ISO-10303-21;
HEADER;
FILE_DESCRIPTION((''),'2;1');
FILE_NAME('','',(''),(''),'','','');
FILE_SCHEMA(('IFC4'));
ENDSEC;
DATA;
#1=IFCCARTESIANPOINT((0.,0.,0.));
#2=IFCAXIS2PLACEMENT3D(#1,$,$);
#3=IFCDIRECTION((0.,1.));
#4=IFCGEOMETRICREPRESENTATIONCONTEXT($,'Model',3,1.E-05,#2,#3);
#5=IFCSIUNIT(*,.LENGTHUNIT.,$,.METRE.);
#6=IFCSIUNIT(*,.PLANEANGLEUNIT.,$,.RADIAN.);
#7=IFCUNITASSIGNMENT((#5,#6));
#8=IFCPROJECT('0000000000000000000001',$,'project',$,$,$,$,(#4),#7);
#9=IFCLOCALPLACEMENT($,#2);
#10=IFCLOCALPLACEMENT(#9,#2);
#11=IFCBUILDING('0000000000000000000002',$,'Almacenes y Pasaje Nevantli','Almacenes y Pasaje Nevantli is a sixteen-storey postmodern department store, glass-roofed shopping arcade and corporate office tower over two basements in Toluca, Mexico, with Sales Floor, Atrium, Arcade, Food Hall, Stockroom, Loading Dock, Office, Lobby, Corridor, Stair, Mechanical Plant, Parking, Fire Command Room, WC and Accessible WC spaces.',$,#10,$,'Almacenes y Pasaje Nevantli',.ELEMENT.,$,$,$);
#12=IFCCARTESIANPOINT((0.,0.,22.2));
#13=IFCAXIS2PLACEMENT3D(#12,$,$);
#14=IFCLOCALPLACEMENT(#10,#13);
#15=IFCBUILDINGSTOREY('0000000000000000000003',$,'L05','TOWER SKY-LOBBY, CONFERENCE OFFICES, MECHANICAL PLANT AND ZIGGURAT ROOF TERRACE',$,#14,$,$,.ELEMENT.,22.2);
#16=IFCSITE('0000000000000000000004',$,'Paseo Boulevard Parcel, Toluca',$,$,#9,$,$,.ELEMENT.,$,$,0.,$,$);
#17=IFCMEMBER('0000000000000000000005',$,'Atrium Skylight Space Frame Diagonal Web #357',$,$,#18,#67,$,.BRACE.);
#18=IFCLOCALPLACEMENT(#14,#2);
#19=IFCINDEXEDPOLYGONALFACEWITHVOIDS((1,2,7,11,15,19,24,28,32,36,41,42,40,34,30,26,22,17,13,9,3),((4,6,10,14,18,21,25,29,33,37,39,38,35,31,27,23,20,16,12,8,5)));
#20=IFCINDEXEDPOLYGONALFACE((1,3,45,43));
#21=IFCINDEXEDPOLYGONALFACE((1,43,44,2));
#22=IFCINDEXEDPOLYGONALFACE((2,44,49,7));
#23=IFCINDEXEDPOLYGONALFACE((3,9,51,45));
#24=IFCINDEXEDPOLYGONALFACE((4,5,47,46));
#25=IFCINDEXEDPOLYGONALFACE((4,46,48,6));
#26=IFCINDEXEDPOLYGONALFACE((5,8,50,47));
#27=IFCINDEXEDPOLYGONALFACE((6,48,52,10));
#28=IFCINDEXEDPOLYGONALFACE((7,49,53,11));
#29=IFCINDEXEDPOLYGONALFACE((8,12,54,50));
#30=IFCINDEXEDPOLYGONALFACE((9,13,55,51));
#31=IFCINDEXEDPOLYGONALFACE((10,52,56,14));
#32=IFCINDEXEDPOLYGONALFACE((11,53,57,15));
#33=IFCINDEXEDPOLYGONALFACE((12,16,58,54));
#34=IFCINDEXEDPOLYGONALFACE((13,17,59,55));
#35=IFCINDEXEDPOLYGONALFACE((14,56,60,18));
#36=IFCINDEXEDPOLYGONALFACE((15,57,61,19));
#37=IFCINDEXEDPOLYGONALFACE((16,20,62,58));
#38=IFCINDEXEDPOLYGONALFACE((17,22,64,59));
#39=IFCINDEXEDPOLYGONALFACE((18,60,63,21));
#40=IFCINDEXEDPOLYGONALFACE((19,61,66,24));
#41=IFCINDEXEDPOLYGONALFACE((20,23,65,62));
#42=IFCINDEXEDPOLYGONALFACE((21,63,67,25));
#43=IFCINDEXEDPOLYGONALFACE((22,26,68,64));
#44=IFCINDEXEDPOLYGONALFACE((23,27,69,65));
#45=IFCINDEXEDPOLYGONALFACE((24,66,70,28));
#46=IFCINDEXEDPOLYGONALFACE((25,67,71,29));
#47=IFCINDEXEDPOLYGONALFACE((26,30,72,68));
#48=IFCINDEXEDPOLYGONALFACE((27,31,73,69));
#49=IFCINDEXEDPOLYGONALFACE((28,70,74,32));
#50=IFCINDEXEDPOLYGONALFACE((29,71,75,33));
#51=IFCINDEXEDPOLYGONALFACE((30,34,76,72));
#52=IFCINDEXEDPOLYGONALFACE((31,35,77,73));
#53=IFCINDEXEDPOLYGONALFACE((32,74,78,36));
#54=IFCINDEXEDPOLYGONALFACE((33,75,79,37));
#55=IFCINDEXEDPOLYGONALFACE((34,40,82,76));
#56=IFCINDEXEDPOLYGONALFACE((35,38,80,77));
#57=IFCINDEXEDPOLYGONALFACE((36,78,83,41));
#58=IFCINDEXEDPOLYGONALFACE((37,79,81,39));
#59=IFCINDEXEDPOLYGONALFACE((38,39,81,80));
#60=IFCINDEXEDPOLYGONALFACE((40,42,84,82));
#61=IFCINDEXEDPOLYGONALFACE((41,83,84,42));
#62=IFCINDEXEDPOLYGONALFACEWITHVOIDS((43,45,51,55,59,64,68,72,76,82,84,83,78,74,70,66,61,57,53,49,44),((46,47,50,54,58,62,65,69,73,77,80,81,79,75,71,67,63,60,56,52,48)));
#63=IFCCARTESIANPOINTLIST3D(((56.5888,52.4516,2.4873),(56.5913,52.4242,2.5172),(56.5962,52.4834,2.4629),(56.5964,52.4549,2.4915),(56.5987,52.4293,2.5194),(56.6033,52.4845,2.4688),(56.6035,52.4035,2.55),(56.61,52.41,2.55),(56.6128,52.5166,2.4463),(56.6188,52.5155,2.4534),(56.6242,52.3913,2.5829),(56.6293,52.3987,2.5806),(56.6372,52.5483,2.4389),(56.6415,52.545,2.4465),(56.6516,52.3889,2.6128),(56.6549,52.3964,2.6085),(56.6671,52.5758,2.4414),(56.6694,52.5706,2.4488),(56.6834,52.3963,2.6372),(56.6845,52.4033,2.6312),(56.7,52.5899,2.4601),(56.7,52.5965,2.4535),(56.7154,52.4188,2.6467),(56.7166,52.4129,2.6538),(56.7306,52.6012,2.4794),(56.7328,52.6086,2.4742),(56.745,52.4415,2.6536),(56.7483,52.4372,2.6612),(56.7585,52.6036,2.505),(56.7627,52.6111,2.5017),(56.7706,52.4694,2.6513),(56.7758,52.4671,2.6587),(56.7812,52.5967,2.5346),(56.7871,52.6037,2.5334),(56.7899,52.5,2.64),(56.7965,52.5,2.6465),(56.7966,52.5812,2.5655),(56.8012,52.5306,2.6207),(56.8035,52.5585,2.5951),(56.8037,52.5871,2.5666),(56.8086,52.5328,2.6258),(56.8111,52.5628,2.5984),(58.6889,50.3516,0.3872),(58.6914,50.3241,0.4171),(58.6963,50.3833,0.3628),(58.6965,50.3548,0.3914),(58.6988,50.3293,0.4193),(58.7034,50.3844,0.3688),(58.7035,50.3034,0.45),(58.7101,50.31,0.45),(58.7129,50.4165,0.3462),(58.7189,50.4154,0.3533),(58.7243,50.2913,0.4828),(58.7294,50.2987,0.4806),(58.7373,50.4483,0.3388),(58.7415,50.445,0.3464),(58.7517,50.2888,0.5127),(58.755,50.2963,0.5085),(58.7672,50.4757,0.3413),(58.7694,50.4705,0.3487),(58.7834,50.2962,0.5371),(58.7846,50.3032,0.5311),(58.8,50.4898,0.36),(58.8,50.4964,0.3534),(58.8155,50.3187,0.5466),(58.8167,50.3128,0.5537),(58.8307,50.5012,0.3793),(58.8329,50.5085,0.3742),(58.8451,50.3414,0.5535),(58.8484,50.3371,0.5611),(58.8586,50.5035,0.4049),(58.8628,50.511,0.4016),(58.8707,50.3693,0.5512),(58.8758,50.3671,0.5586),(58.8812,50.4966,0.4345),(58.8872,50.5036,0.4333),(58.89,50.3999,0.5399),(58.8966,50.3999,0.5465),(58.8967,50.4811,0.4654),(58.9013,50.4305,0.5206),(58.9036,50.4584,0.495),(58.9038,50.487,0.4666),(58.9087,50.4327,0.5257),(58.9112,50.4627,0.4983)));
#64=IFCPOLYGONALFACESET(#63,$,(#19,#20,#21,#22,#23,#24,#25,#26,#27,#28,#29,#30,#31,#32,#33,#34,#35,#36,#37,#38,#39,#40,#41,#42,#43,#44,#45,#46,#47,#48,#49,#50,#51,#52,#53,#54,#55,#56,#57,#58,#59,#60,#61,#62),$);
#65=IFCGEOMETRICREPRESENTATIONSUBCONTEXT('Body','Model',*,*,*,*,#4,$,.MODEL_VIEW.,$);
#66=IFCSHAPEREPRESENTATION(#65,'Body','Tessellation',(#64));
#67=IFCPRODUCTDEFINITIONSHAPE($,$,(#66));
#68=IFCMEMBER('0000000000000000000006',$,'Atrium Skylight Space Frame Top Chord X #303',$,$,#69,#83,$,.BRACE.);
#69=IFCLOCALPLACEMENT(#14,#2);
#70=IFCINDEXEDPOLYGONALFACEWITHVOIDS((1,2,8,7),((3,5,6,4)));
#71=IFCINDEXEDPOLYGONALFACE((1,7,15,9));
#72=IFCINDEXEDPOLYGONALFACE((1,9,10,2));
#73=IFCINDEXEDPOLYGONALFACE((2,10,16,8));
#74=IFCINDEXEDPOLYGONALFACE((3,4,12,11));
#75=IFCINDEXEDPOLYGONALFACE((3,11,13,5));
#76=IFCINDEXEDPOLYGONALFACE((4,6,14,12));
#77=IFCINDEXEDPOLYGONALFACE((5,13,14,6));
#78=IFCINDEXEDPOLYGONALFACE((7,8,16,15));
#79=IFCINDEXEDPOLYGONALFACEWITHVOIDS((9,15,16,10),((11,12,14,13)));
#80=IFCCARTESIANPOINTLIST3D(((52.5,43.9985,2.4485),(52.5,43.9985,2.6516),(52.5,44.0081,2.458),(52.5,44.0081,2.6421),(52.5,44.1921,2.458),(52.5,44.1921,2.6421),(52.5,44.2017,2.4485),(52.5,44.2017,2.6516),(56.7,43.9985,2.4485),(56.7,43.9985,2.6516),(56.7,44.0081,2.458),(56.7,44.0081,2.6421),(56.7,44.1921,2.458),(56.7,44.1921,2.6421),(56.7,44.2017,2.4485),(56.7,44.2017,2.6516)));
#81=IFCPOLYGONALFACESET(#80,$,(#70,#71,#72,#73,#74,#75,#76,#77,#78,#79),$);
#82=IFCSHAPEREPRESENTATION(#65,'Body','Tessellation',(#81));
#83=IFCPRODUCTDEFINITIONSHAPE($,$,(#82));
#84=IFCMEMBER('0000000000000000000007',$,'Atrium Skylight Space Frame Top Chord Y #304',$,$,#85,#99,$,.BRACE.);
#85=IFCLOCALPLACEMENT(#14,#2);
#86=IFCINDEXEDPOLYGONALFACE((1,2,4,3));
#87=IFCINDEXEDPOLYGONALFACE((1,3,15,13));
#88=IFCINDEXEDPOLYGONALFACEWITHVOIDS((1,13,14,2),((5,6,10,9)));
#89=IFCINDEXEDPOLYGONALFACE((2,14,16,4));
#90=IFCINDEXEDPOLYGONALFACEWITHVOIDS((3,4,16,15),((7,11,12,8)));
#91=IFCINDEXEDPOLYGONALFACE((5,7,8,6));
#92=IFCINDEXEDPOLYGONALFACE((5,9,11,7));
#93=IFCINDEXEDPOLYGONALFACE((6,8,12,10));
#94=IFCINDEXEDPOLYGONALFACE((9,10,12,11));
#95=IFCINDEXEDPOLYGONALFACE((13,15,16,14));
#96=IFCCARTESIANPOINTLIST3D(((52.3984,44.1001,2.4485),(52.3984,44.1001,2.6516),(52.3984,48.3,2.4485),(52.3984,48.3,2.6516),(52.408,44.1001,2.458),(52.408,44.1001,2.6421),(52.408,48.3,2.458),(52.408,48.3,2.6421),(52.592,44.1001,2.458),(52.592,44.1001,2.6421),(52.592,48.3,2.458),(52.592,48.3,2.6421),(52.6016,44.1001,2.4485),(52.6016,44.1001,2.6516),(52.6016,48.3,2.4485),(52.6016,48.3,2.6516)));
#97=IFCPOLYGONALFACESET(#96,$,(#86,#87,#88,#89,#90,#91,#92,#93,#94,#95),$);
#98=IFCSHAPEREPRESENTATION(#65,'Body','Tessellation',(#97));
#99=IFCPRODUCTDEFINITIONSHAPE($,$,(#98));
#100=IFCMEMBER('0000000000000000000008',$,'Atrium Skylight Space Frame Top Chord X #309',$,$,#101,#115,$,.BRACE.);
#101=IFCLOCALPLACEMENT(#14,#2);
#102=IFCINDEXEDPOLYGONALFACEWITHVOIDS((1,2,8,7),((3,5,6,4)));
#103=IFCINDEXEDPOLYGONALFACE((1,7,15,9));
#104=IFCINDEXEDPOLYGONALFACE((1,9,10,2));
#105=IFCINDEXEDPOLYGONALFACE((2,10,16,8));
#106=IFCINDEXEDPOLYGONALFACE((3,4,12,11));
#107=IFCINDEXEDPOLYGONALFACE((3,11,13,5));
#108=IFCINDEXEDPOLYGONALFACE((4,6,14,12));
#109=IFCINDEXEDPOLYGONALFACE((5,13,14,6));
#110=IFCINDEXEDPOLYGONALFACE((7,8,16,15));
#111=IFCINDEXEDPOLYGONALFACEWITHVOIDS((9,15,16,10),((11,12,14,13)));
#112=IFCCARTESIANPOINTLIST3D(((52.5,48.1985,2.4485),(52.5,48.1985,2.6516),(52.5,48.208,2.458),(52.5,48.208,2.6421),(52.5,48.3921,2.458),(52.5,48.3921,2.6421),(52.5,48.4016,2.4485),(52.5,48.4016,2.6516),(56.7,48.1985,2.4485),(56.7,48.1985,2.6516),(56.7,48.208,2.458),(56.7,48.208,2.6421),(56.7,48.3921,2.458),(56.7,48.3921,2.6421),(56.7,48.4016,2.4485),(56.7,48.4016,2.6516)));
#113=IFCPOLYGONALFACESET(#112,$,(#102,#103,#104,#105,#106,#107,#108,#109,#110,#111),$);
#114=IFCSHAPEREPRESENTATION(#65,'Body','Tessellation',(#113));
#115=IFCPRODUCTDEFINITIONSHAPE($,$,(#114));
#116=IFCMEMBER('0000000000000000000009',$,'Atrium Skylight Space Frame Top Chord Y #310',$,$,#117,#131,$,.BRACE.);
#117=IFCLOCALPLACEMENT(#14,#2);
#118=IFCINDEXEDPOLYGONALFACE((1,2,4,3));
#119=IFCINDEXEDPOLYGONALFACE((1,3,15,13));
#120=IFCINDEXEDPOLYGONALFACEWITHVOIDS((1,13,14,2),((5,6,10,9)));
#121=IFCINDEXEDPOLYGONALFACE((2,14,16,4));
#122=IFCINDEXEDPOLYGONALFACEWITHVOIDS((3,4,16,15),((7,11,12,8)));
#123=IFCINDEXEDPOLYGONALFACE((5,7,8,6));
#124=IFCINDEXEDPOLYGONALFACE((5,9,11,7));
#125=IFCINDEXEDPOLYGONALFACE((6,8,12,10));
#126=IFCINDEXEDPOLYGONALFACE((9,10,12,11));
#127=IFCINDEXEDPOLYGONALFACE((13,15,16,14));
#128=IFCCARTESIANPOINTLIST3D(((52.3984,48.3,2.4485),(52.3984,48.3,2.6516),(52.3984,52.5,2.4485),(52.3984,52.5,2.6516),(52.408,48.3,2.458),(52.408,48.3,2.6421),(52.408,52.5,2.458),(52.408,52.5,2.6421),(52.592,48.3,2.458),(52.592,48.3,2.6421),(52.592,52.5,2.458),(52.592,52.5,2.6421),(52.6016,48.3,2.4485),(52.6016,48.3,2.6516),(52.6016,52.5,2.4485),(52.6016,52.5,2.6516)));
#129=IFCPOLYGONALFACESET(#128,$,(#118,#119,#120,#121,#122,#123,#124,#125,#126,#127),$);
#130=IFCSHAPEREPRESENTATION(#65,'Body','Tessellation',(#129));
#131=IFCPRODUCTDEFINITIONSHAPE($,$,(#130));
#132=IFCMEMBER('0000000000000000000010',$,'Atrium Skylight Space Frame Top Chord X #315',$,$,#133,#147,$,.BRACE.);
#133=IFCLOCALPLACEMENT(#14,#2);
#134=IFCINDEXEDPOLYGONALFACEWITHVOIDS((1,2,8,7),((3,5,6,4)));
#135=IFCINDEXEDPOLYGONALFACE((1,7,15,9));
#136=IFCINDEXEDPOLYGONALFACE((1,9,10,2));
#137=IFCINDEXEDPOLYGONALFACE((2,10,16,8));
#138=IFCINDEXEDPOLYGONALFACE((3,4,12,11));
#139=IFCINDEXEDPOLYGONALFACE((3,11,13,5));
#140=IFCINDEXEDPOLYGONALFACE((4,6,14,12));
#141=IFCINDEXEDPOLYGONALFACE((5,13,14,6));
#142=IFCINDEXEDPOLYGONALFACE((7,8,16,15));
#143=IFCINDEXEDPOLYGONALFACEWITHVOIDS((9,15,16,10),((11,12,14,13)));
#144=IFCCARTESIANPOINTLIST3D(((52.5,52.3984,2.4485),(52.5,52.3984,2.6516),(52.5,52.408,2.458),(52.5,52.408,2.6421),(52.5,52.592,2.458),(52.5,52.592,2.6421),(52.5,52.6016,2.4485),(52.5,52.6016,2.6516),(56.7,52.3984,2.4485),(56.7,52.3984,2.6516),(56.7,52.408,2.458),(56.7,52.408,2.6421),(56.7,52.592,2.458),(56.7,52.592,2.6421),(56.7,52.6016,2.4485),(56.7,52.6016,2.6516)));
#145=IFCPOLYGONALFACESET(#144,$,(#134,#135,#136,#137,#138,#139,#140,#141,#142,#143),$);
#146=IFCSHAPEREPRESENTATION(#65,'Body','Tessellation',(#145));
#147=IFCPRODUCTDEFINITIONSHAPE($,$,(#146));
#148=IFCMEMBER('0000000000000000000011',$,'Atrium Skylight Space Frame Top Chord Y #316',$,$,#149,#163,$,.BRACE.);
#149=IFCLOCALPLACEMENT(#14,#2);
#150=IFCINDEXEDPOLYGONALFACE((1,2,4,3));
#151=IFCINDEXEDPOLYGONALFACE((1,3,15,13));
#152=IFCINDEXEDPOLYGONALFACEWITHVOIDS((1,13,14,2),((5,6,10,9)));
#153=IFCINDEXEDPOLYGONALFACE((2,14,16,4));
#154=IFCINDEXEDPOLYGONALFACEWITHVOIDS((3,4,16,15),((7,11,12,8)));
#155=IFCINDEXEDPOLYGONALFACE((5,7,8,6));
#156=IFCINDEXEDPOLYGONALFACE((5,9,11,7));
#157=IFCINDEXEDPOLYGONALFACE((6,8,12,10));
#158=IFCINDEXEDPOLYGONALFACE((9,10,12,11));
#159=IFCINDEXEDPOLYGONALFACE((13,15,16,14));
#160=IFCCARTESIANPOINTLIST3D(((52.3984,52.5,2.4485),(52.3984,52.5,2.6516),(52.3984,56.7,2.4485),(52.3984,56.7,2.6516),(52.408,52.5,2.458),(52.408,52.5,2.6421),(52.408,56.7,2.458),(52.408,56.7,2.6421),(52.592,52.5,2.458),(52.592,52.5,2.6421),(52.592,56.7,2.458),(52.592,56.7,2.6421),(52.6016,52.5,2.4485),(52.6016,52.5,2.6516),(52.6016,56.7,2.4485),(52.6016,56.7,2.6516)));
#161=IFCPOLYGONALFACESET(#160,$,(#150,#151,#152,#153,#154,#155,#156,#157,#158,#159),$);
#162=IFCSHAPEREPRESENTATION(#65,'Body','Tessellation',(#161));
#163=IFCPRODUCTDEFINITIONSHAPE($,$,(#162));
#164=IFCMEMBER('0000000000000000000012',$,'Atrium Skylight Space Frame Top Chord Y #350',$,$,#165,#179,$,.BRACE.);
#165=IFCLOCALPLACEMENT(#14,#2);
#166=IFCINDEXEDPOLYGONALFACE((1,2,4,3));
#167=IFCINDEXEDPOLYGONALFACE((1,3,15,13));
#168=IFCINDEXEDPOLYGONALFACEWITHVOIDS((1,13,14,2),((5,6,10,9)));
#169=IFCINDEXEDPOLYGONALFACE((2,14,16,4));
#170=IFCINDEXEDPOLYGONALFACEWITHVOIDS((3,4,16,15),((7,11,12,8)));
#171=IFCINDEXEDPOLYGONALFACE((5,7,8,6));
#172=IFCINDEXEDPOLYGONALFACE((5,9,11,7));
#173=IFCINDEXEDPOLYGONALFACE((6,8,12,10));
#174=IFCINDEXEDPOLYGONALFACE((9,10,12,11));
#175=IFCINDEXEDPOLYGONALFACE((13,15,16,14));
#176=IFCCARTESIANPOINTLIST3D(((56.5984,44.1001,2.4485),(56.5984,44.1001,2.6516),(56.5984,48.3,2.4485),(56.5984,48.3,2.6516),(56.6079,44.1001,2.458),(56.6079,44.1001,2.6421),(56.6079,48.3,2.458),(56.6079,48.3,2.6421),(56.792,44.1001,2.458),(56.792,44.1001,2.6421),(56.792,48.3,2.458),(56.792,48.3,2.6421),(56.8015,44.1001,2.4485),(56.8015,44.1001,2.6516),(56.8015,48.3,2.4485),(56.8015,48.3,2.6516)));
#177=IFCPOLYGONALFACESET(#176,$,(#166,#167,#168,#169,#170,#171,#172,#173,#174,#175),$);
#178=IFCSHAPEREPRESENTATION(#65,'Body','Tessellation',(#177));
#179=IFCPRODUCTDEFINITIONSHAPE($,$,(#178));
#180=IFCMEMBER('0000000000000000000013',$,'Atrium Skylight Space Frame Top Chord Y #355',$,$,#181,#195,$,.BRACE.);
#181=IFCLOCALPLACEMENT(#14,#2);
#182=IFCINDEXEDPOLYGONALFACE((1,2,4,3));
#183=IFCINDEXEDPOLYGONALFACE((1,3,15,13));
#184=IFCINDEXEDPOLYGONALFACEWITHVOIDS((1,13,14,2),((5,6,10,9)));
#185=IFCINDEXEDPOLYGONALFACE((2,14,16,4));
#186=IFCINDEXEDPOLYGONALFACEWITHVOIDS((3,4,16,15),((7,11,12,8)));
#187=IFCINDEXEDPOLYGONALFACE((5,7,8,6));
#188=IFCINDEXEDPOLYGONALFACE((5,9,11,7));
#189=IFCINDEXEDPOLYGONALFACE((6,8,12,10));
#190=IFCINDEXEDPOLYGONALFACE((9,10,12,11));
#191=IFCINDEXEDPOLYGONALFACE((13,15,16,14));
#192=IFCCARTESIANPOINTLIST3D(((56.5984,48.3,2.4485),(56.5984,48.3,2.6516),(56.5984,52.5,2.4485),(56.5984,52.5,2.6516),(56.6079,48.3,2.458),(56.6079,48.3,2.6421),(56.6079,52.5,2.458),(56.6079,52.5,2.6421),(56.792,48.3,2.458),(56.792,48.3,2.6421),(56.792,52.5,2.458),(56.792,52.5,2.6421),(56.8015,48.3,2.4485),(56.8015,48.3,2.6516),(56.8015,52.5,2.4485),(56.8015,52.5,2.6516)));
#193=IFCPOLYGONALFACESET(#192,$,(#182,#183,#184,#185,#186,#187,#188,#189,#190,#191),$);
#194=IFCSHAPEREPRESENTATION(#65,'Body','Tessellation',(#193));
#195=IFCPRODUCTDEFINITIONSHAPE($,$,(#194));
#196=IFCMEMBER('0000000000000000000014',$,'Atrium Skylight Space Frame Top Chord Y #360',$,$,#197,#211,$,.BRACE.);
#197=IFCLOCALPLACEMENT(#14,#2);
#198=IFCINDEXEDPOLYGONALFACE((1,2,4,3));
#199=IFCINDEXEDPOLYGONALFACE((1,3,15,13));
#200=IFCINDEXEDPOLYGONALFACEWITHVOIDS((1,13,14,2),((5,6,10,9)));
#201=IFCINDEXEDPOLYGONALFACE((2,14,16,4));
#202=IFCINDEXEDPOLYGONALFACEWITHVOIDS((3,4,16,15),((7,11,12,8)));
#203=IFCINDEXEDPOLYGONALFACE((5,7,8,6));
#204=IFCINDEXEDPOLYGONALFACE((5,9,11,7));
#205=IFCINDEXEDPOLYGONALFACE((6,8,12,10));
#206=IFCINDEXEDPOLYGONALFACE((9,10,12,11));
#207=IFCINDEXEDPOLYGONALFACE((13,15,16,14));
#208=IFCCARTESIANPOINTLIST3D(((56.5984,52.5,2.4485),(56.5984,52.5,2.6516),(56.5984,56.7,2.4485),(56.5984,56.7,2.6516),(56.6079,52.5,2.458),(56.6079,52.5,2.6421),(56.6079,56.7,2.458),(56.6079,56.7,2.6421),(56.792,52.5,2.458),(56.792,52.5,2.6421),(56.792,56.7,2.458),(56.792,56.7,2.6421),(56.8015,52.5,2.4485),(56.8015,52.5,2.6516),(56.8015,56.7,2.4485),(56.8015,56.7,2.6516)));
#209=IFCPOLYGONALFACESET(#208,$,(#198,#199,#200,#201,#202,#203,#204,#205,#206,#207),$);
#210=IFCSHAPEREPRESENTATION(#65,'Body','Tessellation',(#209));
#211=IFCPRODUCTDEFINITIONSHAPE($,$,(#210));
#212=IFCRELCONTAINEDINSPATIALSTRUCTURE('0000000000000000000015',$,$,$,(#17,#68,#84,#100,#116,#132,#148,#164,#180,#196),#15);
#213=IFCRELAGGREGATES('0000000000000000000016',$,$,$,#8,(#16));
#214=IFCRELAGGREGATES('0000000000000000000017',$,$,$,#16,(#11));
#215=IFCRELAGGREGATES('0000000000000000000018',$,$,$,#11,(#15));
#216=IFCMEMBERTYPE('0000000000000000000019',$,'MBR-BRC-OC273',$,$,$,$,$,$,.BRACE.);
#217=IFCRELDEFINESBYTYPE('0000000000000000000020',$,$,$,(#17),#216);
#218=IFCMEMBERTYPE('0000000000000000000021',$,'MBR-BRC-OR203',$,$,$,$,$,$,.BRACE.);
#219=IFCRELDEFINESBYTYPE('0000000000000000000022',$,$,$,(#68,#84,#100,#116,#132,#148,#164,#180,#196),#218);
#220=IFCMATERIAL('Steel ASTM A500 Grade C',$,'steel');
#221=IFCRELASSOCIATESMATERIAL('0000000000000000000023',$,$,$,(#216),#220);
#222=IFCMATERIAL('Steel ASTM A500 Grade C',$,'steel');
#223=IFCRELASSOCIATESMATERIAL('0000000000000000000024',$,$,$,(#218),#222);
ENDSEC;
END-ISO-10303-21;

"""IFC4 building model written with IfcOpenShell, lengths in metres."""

from ifc_helpers import new_model, si_unit, direction, frame, origin, origin_2d, place, context, subcontext, project, spatial, hollow_rectangle, hollow_circle, extrude, material, material_profile, profile_set, type_object, element, save


model = new_model("IFC4")

# Units and contexts
model_context = context("Model", 3, precision=1e-05, world=origin(), true_north=direction((0.0, 1.0)))
body_context = subcontext(model_context, "Body", "Model", "MODEL_VIEW")
ifc_project = project(units=[si_unit("LENGTHUNIT", "METRE"), si_unit("PLANEANGLEUNIT", "RADIAN")], contexts=[model_context])

# Site, building, storey
site_placement = place(None, origin())
site = spatial("IfcSite", under=ifc_project, at=site_placement, Name="Paseo Boulevard Parcel, Toluca", CompositionType="ELEMENT", RefElevation=0.0)
building_placement = place(site_placement, origin())
building = spatial("IfcBuilding", under=site, at=building_placement, Name="Almacenes y Pasaje Nevantli", Description="Almacenes y Pasaje Nevantli is a sixteen-storey postmodern department store, glass-roofed shopping arcade and corporate office tower over two basements in Toluca, Mexico, with Sales Floor, Atrium, Arcade, Food Hall, Stockroom, Loading Dock, Office, Lobby, Corridor, Stair, Mechanical Plant, Parking, Fire Command Room, WC and Accessible WC spaces.", LongName="Almacenes y Pasaje Nevantli", CompositionType="ELEMENT")
storey_placement = place(building_placement, frame((0.0, 0.0, 22.2)))
storey = spatial("IfcBuildingStorey", under=building, at=storey_placement, Name="L05", Description="TOWER SKY-LOBBY, CONFERENCE OFFICES, MECHANICAL PLANT AND ZIGGURAT ROOF TERRACE", CompositionType="ELEMENT", Elevation=22.2)

# Members
ifc_material_1 = material(Name="Steel ASTM A500 Grade C", Category="steel")
ifc_material_profile_1 = material_profile(ifc_material_1, hollow_circle(Radius=0.1365, WallThickness=0.0093, at=origin_2d()), Name="OC 273x9.3")
ifc_profile_set_1 = profile_set([ifc_material_profile_1], Name="Steel ASTM A500 Grade C")
member_type_1 = type_object("IfcMemberType", Name="MBR-BRC-OC273", PredefinedType="BRACE", material=ifc_profile_set_1)
for number, where, z_axis, x_axis, name in (
    (1, (58.8, 50.3999, 0.45), (-0.57735, 0.57735, 0.57735), (-0.707107, -0.707107, 0.0), "Atrium Skylight Space Frame Diagonal Web #357"),
):
    element("IfcMember", number, at=place(storey_placement, frame(where, z_axis=z_axis, x_axis=x_axis)), inside=storey, type_object=member_type_1, Name=name, PredefinedType="BRACE", context=body_context, shape_type="SweptSolid", body=[
        extrude(hollow_circle(Radius=0.1365, WallThickness=0.0093, at=origin_2d()), origin(), (0.0, 0.0, 1.0), 3.6375),
    ])
ifc_material_2 = material(Name="Steel ASTM A500 Grade C", Category="steel")
ifc_material_profile_2 = material_profile(ifc_material_2, hollow_rectangle(XDim=0.2031, YDim=0.2031, WallThickness=0.0095, at=origin_2d()), Name="OR 203x203x9.5")
ifc_profile_set_2 = profile_set([ifc_material_profile_2], Name="Steel ASTM A500 Grade C")
member_type_2 = type_object("IfcMemberType", Name="MBR-BRC-OR203", PredefinedType="BRACE", material=ifc_profile_set_2)
for number, where, z_axis, x_axis, name in (
    (2, (52.5, 44.1001, 2.55), (1.0, 0.0, 0.0), (0.0, 1.0, 0.0), "Atrium Skylight Space Frame Top Chord X #303"),
    (3, (52.5, 44.1001, 2.55), (0.0, 1.0, 0.0), (-1.0, 0.0, 0.0), "Atrium Skylight Space Frame Top Chord Y #304"),
    (4, (52.5, 48.3, 2.55), (1.0, 0.0, 0.0), (0.0, 1.0, 0.0), "Atrium Skylight Space Frame Top Chord X #309"),
    (5, (52.5, 48.3, 2.55), (0.0, 1.0, 0.0), (-1.0, 0.0, 0.0), "Atrium Skylight Space Frame Top Chord Y #310"),
    (6, (52.5, 52.5, 2.55), (1.0, 0.0, 0.0), (0.0, 1.0, 0.0), "Atrium Skylight Space Frame Top Chord X #315"),
    (7, (52.5, 52.5, 2.55), (0.0, 1.0, 0.0), (-1.0, 0.0, 0.0), "Atrium Skylight Space Frame Top Chord Y #316"),
    (8, (56.7, 44.1001, 2.55), (0.0, 1.0, 0.0), (-1.0, 0.0, 0.0), "Atrium Skylight Space Frame Top Chord Y #350"),
    (9, (56.7, 48.3, 2.55), (0.0, 1.0, 0.0), (-1.0, 0.0, 0.0), "Atrium Skylight Space Frame Top Chord Y #355"),
    (10, (56.7, 52.5, 2.55), (0.0, 1.0, 0.0), (-1.0, 0.0, 0.0), "Atrium Skylight Space Frame Top Chord Y #360"),
):
    element("IfcMember", number, at=place(storey_placement, frame(where, z_axis=z_axis, x_axis=x_axis)), inside=storey, type_object=member_type_2, Name=name, PredefinedType="BRACE", context=body_context, shape_type="SweptSolid", body=[
        extrude(hollow_rectangle(XDim=0.2031, YDim=0.2031, WallThickness=0.0095, at=origin_2d()), origin(), (0.0, 0.0, 1.0), 4.2),
    ])

save(model, "model.ifc")
